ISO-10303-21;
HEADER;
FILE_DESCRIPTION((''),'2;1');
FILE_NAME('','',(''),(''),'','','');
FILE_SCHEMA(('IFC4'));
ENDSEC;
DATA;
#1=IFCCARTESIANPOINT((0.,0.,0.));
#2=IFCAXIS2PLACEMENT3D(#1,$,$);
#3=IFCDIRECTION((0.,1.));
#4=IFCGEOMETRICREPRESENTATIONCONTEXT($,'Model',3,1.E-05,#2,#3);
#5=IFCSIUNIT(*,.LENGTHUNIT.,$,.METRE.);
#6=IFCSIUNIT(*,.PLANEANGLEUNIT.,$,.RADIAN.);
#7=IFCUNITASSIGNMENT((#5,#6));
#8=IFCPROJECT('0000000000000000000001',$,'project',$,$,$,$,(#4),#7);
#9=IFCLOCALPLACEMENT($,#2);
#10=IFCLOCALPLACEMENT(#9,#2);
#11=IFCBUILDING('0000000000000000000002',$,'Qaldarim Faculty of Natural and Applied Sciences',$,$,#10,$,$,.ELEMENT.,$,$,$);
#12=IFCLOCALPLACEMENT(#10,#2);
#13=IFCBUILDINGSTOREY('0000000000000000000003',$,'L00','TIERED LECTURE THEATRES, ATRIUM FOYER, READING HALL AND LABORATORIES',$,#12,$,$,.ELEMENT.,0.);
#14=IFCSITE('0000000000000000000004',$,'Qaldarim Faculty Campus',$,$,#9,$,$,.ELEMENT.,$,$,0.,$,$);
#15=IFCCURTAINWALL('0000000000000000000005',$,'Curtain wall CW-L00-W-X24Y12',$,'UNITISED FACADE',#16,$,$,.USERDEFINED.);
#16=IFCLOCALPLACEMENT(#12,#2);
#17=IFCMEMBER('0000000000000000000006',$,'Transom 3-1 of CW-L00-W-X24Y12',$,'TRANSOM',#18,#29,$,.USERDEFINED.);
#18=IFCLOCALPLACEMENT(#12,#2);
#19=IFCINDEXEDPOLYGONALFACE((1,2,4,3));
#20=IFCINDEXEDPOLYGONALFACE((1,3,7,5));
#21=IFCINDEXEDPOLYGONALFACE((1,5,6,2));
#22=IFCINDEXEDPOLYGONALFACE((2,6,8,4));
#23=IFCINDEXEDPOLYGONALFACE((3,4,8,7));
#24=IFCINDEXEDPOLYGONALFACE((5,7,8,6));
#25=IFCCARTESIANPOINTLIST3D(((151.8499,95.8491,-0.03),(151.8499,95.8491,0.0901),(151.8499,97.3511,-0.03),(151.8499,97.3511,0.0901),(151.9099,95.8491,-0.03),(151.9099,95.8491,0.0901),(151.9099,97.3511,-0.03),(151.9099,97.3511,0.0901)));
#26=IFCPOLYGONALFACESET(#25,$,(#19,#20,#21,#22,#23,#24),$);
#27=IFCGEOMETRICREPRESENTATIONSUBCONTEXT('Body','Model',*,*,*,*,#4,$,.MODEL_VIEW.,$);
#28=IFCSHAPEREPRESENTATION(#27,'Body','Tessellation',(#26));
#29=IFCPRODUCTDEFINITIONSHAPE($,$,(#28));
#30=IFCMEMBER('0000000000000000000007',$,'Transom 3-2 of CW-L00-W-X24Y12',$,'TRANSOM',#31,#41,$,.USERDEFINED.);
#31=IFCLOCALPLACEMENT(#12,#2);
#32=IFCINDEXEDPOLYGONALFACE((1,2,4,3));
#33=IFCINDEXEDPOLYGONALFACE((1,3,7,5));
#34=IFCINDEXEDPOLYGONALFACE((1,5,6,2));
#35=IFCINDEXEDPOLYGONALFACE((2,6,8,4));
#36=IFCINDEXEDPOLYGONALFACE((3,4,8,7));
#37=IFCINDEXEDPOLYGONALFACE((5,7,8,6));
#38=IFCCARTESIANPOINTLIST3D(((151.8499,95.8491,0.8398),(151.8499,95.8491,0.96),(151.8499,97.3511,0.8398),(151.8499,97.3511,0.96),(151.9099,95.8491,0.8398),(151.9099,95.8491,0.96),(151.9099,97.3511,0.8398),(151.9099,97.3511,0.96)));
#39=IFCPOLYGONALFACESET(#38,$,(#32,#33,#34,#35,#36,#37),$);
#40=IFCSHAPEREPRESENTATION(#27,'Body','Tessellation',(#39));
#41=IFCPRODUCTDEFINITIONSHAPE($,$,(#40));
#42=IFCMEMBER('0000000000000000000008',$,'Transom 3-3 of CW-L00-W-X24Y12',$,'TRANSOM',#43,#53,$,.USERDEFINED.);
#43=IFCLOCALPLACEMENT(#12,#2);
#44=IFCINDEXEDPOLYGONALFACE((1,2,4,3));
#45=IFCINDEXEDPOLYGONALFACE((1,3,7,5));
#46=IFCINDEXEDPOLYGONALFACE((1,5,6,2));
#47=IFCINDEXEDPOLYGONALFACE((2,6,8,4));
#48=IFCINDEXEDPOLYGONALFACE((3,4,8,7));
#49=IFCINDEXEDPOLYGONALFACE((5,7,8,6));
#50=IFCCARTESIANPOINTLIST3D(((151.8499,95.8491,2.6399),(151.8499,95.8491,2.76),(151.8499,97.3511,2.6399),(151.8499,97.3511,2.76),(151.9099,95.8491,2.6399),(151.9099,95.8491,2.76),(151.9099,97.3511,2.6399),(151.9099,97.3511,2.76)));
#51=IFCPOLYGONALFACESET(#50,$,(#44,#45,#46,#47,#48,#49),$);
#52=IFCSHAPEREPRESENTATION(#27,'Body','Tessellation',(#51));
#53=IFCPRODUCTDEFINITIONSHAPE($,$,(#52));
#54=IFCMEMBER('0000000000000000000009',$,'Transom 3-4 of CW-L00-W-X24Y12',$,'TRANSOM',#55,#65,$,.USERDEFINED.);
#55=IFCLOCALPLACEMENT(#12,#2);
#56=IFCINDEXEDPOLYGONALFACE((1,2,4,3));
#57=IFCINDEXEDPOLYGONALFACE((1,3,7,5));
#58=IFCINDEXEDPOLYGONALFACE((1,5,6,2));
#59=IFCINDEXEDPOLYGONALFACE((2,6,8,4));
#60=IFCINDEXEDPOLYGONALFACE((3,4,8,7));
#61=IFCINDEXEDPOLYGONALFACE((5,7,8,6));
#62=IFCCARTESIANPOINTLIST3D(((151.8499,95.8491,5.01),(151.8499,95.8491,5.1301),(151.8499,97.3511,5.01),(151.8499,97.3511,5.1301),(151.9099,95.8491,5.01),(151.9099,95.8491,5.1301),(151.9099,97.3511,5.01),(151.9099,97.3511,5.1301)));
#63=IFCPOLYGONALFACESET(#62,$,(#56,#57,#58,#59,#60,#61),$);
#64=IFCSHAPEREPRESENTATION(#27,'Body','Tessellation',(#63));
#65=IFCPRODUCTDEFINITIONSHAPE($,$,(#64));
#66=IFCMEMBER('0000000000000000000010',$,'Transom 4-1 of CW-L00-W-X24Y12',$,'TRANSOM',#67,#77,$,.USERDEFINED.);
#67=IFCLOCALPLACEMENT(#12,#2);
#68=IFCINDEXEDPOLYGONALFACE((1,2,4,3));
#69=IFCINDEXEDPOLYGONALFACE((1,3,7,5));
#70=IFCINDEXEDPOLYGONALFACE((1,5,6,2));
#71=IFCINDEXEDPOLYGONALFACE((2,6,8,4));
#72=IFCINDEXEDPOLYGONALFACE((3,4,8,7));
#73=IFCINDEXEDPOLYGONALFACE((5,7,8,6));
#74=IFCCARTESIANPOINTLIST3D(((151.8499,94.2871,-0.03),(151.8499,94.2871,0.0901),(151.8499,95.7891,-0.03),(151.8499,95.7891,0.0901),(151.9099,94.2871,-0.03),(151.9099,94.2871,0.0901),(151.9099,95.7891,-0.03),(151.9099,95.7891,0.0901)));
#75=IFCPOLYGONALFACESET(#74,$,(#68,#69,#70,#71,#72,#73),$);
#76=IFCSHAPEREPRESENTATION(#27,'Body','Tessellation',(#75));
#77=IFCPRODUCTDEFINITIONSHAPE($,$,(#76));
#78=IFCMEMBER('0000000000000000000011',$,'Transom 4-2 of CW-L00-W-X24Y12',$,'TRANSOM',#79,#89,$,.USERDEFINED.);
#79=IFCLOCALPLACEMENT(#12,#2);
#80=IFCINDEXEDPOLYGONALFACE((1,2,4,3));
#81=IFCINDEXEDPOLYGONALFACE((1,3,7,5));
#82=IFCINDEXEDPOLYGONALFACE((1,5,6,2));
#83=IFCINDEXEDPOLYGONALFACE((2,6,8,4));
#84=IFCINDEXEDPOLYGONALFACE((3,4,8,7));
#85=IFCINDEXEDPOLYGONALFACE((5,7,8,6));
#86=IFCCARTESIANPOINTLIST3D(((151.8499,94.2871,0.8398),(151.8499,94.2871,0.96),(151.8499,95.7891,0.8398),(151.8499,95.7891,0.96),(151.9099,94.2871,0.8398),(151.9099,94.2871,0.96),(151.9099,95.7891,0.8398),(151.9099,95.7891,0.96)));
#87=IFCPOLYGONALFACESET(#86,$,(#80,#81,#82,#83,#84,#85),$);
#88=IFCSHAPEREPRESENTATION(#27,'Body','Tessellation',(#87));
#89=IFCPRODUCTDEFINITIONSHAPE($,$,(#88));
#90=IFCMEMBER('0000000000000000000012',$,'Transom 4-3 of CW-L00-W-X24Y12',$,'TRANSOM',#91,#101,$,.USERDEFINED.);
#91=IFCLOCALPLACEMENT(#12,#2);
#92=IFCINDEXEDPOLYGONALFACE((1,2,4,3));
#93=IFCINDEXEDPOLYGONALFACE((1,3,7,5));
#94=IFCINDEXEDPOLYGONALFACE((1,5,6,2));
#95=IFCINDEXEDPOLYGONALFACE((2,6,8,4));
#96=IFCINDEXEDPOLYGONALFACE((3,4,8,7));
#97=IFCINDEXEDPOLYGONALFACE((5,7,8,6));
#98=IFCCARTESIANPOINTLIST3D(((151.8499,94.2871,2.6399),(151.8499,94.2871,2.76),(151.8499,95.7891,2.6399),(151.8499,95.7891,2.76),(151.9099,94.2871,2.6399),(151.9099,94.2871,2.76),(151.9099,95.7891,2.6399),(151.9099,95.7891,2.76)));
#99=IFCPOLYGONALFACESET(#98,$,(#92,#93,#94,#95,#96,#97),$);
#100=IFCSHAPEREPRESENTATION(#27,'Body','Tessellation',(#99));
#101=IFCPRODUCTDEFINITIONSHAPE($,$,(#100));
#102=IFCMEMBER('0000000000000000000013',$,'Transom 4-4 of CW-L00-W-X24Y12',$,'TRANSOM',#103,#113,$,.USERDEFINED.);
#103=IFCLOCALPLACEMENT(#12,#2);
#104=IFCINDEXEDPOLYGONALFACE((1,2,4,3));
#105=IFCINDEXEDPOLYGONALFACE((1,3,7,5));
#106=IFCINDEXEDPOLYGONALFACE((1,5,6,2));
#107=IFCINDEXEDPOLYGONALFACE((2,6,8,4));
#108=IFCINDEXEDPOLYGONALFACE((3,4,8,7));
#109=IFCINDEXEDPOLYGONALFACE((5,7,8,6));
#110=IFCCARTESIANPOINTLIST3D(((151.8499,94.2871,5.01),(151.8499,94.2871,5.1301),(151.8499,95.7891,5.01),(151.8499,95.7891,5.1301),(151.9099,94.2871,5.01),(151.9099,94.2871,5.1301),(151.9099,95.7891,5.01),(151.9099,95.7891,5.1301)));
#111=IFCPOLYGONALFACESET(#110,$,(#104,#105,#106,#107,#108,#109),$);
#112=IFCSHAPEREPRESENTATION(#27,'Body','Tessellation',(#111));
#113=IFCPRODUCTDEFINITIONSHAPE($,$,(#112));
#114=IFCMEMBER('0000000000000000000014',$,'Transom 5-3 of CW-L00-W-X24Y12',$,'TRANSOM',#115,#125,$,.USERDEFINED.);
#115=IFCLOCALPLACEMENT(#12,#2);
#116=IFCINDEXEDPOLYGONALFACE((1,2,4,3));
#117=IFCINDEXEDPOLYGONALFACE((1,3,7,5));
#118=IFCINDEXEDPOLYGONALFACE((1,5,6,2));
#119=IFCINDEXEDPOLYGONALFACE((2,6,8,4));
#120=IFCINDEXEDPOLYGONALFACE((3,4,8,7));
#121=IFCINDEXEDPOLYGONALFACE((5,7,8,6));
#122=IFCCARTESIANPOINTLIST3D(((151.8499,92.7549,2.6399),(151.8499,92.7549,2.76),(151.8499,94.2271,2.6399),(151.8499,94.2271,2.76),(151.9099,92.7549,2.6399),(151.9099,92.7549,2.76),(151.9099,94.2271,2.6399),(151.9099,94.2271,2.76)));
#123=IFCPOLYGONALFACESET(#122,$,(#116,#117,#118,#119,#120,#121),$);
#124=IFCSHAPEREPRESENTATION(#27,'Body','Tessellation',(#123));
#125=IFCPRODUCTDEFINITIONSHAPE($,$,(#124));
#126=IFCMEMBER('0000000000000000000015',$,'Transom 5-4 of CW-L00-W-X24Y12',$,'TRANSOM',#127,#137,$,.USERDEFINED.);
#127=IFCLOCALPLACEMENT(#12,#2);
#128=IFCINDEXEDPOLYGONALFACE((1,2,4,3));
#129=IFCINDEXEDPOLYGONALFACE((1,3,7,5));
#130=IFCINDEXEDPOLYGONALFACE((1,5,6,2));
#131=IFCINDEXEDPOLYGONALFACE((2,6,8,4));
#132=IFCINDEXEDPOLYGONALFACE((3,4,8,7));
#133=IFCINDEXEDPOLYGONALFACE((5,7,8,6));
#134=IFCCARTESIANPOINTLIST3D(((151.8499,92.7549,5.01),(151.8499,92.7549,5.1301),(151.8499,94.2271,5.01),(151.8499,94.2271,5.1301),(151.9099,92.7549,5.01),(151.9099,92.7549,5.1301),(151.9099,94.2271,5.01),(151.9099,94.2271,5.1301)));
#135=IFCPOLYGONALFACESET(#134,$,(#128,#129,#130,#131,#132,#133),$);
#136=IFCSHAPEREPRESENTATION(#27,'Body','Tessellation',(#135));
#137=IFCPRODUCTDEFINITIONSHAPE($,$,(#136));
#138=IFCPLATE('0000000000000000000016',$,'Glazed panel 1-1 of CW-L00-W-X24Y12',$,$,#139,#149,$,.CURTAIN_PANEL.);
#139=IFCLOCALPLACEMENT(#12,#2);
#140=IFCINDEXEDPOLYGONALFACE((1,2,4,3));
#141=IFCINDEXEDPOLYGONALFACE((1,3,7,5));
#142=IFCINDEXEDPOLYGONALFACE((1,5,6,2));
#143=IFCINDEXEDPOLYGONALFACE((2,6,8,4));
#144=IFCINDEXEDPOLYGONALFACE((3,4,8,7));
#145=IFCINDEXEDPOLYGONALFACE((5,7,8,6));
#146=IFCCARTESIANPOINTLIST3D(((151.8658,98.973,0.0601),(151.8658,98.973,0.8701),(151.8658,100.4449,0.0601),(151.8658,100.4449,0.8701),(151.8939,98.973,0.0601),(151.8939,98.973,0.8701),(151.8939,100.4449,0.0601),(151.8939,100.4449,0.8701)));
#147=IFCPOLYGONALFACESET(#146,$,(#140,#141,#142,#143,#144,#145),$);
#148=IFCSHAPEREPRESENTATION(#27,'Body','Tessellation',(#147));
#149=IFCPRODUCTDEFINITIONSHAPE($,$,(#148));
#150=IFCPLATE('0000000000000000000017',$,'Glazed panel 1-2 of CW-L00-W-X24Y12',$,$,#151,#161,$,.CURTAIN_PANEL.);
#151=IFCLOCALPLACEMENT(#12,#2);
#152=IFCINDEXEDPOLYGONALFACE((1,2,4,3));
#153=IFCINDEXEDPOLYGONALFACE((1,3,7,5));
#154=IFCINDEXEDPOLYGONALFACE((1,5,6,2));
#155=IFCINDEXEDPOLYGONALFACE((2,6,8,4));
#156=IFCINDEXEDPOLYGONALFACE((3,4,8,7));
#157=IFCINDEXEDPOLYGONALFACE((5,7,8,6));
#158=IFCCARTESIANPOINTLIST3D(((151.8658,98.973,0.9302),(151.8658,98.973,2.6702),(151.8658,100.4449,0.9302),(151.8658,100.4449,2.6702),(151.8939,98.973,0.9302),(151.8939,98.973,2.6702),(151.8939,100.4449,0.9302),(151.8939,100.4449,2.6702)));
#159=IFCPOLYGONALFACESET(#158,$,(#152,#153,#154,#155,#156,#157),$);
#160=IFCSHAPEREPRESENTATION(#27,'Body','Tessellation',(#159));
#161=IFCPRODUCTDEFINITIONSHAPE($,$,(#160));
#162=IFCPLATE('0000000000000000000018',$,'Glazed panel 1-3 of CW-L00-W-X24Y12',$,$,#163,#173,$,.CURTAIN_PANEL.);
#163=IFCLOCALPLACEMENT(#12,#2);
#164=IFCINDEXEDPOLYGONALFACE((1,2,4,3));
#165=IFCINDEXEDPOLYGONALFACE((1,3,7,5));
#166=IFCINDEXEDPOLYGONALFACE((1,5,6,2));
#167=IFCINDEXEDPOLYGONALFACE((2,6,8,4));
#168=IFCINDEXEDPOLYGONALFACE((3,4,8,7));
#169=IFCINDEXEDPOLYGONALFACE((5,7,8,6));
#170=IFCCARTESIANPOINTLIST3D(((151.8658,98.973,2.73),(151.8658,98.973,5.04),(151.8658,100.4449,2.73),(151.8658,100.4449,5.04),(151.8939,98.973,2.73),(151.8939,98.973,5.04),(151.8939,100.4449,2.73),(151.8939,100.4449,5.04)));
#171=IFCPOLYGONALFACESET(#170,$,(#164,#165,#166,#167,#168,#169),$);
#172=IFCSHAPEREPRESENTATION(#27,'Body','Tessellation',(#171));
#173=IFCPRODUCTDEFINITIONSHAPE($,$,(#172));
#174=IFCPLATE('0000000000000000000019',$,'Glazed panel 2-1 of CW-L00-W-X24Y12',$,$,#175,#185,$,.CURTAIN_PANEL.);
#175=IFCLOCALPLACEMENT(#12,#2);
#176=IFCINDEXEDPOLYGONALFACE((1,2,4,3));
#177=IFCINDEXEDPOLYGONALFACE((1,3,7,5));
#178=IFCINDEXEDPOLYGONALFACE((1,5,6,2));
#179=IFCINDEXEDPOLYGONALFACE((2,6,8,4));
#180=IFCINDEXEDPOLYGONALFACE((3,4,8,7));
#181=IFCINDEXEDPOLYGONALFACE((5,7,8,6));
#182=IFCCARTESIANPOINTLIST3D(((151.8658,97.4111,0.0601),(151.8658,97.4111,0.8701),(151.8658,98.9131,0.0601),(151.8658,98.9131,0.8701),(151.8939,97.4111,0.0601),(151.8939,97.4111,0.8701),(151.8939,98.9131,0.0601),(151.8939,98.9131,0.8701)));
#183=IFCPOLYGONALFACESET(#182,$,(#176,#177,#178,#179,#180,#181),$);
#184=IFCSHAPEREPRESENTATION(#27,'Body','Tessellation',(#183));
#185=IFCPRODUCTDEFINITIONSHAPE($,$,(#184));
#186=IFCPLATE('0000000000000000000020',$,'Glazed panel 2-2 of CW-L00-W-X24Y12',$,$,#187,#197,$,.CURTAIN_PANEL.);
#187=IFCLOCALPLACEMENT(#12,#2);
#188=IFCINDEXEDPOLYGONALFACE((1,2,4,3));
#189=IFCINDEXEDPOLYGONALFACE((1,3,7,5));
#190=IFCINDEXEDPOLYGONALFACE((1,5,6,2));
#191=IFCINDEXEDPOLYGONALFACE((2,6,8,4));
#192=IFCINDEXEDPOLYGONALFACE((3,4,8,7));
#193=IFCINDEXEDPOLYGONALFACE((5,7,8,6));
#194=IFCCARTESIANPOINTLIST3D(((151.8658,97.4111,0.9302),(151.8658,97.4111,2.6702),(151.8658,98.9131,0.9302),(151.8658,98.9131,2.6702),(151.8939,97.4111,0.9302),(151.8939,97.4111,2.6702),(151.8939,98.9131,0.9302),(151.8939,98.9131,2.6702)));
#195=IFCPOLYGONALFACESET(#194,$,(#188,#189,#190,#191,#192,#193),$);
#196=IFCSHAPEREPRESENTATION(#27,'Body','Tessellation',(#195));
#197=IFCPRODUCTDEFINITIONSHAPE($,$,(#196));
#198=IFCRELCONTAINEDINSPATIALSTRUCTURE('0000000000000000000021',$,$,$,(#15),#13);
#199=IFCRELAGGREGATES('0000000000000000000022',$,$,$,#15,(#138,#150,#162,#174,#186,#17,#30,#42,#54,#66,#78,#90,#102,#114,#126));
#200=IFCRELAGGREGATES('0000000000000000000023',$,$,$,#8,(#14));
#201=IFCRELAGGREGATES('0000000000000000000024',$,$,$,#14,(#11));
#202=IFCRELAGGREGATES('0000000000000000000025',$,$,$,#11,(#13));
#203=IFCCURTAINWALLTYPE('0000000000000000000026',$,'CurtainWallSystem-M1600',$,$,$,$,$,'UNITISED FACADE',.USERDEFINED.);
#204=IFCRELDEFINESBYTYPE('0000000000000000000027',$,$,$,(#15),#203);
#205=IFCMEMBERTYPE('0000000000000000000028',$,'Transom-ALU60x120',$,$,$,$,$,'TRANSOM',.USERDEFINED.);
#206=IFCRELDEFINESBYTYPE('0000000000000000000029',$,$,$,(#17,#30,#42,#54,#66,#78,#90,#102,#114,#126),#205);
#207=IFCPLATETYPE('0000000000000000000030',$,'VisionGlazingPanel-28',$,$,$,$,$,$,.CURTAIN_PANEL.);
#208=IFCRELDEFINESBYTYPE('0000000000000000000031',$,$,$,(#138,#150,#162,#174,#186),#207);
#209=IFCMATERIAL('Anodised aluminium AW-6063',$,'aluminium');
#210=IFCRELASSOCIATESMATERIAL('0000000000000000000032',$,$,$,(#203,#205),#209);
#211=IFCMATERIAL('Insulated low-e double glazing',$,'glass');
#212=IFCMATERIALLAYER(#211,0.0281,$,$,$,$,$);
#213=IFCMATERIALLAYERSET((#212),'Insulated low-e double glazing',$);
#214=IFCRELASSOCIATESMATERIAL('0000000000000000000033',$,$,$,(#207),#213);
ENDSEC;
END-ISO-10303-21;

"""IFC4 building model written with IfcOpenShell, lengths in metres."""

from ifc_helpers import new_model, si_unit, direction, frame, origin, origin_2d, place, context, subcontext, project, spatial, rectangle, extrude, material, layer, layer_set, material_profile, profile_set, type_object, element, aggregate, save


model = new_model("IFC4")

# Units and contexts
model_context = context("Model", 3, precision=1e-05, world=origin(), true_north=direction((0.0, 1.0)))
body_context = subcontext(model_context, "Body", "Model", "MODEL_VIEW")
ifc_project = project(units=[si_unit("LENGTHUNIT", "METRE"), si_unit("PLANEANGLEUNIT", "RADIAN")], contexts=[model_context])

# Site, building, storey
site_placement = place(None, origin())
site = spatial("IfcSite", under=ifc_project, at=site_placement, Name="Qaldarim Faculty Campus", CompositionType="ELEMENT", RefElevation=0.0)
building_placement = place(site_placement, origin())
building = spatial("IfcBuilding", under=site, at=building_placement, Name="Qaldarim Faculty of Natural and Applied Sciences", CompositionType="ELEMENT")
storey_placement = place(building_placement, origin())
storey = spatial("IfcBuildingStorey", under=building, at=storey_placement, Name="L00", Description="TIERED LECTURE THEATRES, ATRIUM FOYER, READING HALL AND LABORATORIES", CompositionType="ELEMENT", Elevation=0.0)

# Curtain wall
ifc_material_1 = material(Name="Anodised aluminium AW-6063", Category="aluminium")
curtain_wall_type = type_object("IfcCurtainWallType", Name="CurtainWallSystem-M1600", ElementType="UNITISED FACADE", PredefinedType="USERDEFINED", material=ifc_material_1)
curtain_wall_placement = place(storey_placement, origin())
curtain_wall = element("IfcCurtainWall", 1, at=curtain_wall_placement, inside=storey, type_object=curtain_wall_type, Name="Curtain wall CW-L00-W-X24Y12", ObjectType="UNITISED FACADE", PredefinedType="USERDEFINED")

# Members
ifc_material_profile_1 = material_profile(ifc_material_1, rectangle(XDim=0.0601, YDim=0.1201, at=origin_2d()), Name="ALU-T60x120")
ifc_profile_set_1 = profile_set([ifc_material_profile_1], Name="Anodised aluminium AW-6063")
member_type_1 = type_object("IfcMemberType", Name="Transom-ALU60x120", ElementType="TRANSOM", PredefinedType="USERDEFINED", material=ifc_profile_set_1)
member_1_placement = place(storey_placement, frame((151.8799, 97.3511, 0.03), z_axis=(0.0, -1.0, 0.0), x_axis=(1.0, 0.0, 0.0)))
member_1 = element("IfcMember", 2, at=member_1_placement, type_object=member_type_1, Name="Transom 3-1 of CW-L00-W-X24Y12", ObjectType="TRANSOM", PredefinedType="USERDEFINED", context=body_context, shape_type="SweptSolid", body=[
    extrude(rectangle(XDim=0.0601, YDim=0.1201, at=origin_2d()), origin(), (0.0, 0.0, 1.0), 1.502),
])
member_2_placement = place(storey_placement, frame((151.8799, 97.3511, 0.8999), z_axis=(0.0, -1.0, 0.0), x_axis=(1.0, 0.0, 0.0)))
member_2 = element("IfcMember", 3, at=member_2_placement, type_object=member_type_1, Name="Transom 3-2 of CW-L00-W-X24Y12", ObjectType="TRANSOM", PredefinedType="USERDEFINED", context=body_context, shape_type="SweptSolid", body=[
    extrude(rectangle(XDim=0.0601, YDim=0.1201, at=origin_2d()), origin(), (0.0, 0.0, 1.0), 1.502),
])
member_3_placement = place(storey_placement, frame((151.8799, 97.3511, 2.7), z_axis=(0.0, -1.0, 0.0), x_axis=(1.0, 0.0, 0.0)))
member_3 = element("IfcMember", 4, at=member_3_placement, type_object=member_type_1, Name="Transom 3-3 of CW-L00-W-X24Y12", ObjectType="TRANSOM", PredefinedType="USERDEFINED", context=body_context, shape_type="SweptSolid", body=[
    extrude(rectangle(XDim=0.0601, YDim=0.1201, at=origin_2d()), origin(), (0.0, 0.0, 1.0), 1.502),
])
member_4_placement = place(storey_placement, frame((151.8799, 97.3511, 5.0701), z_axis=(0.0, -1.0, 0.0), x_axis=(1.0, 0.0, 0.0)))
member_4 = element("IfcMember", 5, at=member_4_placement, type_object=member_type_1, Name="Transom 3-4 of CW-L00-W-X24Y12", ObjectType="TRANSOM", PredefinedType="USERDEFINED", context=body_context, shape_type="SweptSolid", body=[
    extrude(rectangle(XDim=0.0601, YDim=0.1201, at=origin_2d()), origin(), (0.0, 0.0, 1.0), 1.502),
])
member_5_placement = place(storey_placement, frame((151.8799, 95.7891, 0.03), z_axis=(0.0, -1.0, 0.0), x_axis=(1.0, 0.0, 0.0)))
member_5 = element("IfcMember", 6, at=member_5_placement, type_object=member_type_1, Name="Transom 4-1 of CW-L00-W-X24Y12", ObjectType="TRANSOM", PredefinedType="USERDEFINED", context=body_context, shape_type="SweptSolid", body=[
    extrude(rectangle(XDim=0.0601, YDim=0.1201, at=origin_2d()), origin(), (0.0, 0.0, 1.0), 1.502),
])
member_6_placement = place(storey_placement, frame((151.8799, 95.7891, 0.8999), z_axis=(0.0, -1.0, 0.0), x_axis=(1.0, 0.0, 0.0)))
member_6 = element("IfcMember", 7, at=member_6_placement, type_object=member_type_1, Name="Transom 4-2 of CW-L00-W-X24Y12", ObjectType="TRANSOM", PredefinedType="USERDEFINED", context=body_context, shape_type="SweptSolid", body=[
    extrude(rectangle(XDim=0.0601, YDim=0.1201, at=origin_2d()), origin(), (0.0, 0.0, 1.0), 1.502),
])
member_7_placement = place(storey_placement, frame((151.8799, 95.7891, 2.7), z_axis=(0.0, -1.0, 0.0), x_axis=(1.0, 0.0, 0.0)))
member_7 = element("IfcMember", 8, at=member_7_placement, type_object=member_type_1, Name="Transom 4-3 of CW-L00-W-X24Y12", ObjectType="TRANSOM", PredefinedType="USERDEFINED", context=body_context, shape_type="SweptSolid", body=[
    extrude(rectangle(XDim=0.0601, YDim=0.1201, at=origin_2d()), origin(), (0.0, 0.0, 1.0), 1.502),
])
member_8_placement = place(storey_placement, frame((151.8799, 95.7891, 5.0701), z_axis=(0.0, -1.0, 0.0), x_axis=(1.0, 0.0, 0.0)))
member_8 = element("IfcMember", 9, at=member_8_placement, type_object=member_type_1, Name="Transom 4-4 of CW-L00-W-X24Y12", ObjectType="TRANSOM", PredefinedType="USERDEFINED", context=body_context, shape_type="SweptSolid", body=[
    extrude(rectangle(XDim=0.0601, YDim=0.1201, at=origin_2d()), origin(), (0.0, 0.0, 1.0), 1.502),
])
member_9_placement = place(storey_placement, frame((151.8799, 94.2271, 2.7), z_axis=(0.0, -1.0, 0.0), x_axis=(1.0, 0.0, 0.0)))
member_9 = element("IfcMember", 10, at=member_9_placement, type_object=member_type_1, Name="Transom 5-3 of CW-L00-W-X24Y12", ObjectType="TRANSOM", PredefinedType="USERDEFINED", context=body_context, shape_type="SweptSolid", body=[
    extrude(rectangle(XDim=0.0601, YDim=0.1201, at=origin_2d()), origin(), (0.0, 0.0, 1.0), 1.4722),
])
member_10_placement = place(storey_placement, frame((151.8799, 94.2271, 5.0701), z_axis=(0.0, -1.0, 0.0), x_axis=(1.0, 0.0, 0.0)))
member_10 = element("IfcMember", 11, at=member_10_placement, type_object=member_type_1, Name="Transom 5-4 of CW-L00-W-X24Y12", ObjectType="TRANSOM", PredefinedType="USERDEFINED", context=body_context, shape_type="SweptSolid", body=[
    extrude(rectangle(XDim=0.0601, YDim=0.1201, at=origin_2d()), origin(), (0.0, 0.0, 1.0), 1.4722),
])

# Plates
ifc_material_2 = material(Name="Insulated low-e double glazing", Category="glass")
ifc_layer = layer(ifc_material_2, 0.0281)
ifc_layer_set = layer_set([ifc_layer], Name="Insulated low-e double glazing")
plate_type = type_object("IfcPlateType", Name="VisionGlazingPanel-28", PredefinedType="CURTAIN_PANEL", material=ifc_layer_set)
plate_1_placement = place(storey_placement, frame((151.8799, 99.709, 0.0601), z_axis=(0.0, 0.0, 1.0), x_axis=(0.0, -1.0, 0.0)))
plate_1 = element("IfcPlate", 12, at=plate_1_placement, type_object=plate_type, Name="Glazed panel 1-1 of CW-L00-W-X24Y12", PredefinedType="CURTAIN_PANEL", context=body_context, shape_type="SweptSolid", body=[
    extrude(rectangle(XDim=1.4719, YDim=0.0281, at=origin_2d()), origin(), (0.0, 0.0, 1.0), 0.8101),
])
plate_2_placement = place(storey_placement, frame((151.8799, 99.709, 0.9302), z_axis=(0.0, 0.0, 1.0), x_axis=(0.0, -1.0, 0.0)))
plate_2 = element("IfcPlate", 13, at=plate_2_placement, type_object=plate_type, Name="Glazed panel 1-2 of CW-L00-W-X24Y12", PredefinedType="CURTAIN_PANEL", context=body_context, shape_type="SweptSolid", body=[
    extrude(rectangle(XDim=1.4719, YDim=0.0281, at=origin_2d()), origin(), (0.0, 0.0, 1.0), 1.74),
])
plate_3_placement = place(storey_placement, frame((151.8799, 99.709, 2.73), z_axis=(0.0, 0.0, 1.0), x_axis=(0.0, -1.0, 0.0)))
plate_3 = element("IfcPlate", 14, at=plate_3_placement, type_object=plate_type, Name="Glazed panel 1-3 of CW-L00-W-X24Y12", PredefinedType="CURTAIN_PANEL", context=body_context, shape_type="SweptSolid", body=[
    extrude(rectangle(XDim=1.4719, YDim=0.0281, at=origin_2d()), origin(), (0.0, 0.0, 1.0), 2.3101),
])
plate_4_placement = place(storey_placement, frame((151.8799, 98.1621, 0.0601), z_axis=(0.0, 0.0, 1.0), x_axis=(0.0, -1.0, 0.0)))
plate_4 = element("IfcPlate", 15, at=plate_4_placement, type_object=plate_type, Name="Glazed panel 2-1 of CW-L00-W-X24Y12", PredefinedType="CURTAIN_PANEL", context=body_context, shape_type="SweptSolid", body=[
    extrude(rectangle(XDim=1.502, YDim=0.0281, at=origin_2d()), origin(), (0.0, 0.0, 1.0), 0.8101),
])
plate_5_placement = place(storey_placement, frame((151.8799, 98.1621, 0.9302), z_axis=(0.0, 0.0, 1.0), x_axis=(0.0, -1.0, 0.0)))
plate_5 = element("IfcPlate", 16, at=plate_5_placement, type_object=plate_type, Name="Glazed panel 2-2 of CW-L00-W-X24Y12", PredefinedType="CURTAIN_PANEL", context=body_context, shape_type="SweptSolid", body=[
    extrude(rectangle(XDim=1.502, YDim=0.0281, at=origin_2d()), origin(), (0.0, 0.0, 1.0), 1.74),
])
aggregate(curtain_wall, [plate_1, plate_2, plate_3, plate_4, plate_5, member_1, member_2, member_3, member_4, member_5, member_6, member_7, member_8, member_9, member_10])

save(model, "model.ifc")
